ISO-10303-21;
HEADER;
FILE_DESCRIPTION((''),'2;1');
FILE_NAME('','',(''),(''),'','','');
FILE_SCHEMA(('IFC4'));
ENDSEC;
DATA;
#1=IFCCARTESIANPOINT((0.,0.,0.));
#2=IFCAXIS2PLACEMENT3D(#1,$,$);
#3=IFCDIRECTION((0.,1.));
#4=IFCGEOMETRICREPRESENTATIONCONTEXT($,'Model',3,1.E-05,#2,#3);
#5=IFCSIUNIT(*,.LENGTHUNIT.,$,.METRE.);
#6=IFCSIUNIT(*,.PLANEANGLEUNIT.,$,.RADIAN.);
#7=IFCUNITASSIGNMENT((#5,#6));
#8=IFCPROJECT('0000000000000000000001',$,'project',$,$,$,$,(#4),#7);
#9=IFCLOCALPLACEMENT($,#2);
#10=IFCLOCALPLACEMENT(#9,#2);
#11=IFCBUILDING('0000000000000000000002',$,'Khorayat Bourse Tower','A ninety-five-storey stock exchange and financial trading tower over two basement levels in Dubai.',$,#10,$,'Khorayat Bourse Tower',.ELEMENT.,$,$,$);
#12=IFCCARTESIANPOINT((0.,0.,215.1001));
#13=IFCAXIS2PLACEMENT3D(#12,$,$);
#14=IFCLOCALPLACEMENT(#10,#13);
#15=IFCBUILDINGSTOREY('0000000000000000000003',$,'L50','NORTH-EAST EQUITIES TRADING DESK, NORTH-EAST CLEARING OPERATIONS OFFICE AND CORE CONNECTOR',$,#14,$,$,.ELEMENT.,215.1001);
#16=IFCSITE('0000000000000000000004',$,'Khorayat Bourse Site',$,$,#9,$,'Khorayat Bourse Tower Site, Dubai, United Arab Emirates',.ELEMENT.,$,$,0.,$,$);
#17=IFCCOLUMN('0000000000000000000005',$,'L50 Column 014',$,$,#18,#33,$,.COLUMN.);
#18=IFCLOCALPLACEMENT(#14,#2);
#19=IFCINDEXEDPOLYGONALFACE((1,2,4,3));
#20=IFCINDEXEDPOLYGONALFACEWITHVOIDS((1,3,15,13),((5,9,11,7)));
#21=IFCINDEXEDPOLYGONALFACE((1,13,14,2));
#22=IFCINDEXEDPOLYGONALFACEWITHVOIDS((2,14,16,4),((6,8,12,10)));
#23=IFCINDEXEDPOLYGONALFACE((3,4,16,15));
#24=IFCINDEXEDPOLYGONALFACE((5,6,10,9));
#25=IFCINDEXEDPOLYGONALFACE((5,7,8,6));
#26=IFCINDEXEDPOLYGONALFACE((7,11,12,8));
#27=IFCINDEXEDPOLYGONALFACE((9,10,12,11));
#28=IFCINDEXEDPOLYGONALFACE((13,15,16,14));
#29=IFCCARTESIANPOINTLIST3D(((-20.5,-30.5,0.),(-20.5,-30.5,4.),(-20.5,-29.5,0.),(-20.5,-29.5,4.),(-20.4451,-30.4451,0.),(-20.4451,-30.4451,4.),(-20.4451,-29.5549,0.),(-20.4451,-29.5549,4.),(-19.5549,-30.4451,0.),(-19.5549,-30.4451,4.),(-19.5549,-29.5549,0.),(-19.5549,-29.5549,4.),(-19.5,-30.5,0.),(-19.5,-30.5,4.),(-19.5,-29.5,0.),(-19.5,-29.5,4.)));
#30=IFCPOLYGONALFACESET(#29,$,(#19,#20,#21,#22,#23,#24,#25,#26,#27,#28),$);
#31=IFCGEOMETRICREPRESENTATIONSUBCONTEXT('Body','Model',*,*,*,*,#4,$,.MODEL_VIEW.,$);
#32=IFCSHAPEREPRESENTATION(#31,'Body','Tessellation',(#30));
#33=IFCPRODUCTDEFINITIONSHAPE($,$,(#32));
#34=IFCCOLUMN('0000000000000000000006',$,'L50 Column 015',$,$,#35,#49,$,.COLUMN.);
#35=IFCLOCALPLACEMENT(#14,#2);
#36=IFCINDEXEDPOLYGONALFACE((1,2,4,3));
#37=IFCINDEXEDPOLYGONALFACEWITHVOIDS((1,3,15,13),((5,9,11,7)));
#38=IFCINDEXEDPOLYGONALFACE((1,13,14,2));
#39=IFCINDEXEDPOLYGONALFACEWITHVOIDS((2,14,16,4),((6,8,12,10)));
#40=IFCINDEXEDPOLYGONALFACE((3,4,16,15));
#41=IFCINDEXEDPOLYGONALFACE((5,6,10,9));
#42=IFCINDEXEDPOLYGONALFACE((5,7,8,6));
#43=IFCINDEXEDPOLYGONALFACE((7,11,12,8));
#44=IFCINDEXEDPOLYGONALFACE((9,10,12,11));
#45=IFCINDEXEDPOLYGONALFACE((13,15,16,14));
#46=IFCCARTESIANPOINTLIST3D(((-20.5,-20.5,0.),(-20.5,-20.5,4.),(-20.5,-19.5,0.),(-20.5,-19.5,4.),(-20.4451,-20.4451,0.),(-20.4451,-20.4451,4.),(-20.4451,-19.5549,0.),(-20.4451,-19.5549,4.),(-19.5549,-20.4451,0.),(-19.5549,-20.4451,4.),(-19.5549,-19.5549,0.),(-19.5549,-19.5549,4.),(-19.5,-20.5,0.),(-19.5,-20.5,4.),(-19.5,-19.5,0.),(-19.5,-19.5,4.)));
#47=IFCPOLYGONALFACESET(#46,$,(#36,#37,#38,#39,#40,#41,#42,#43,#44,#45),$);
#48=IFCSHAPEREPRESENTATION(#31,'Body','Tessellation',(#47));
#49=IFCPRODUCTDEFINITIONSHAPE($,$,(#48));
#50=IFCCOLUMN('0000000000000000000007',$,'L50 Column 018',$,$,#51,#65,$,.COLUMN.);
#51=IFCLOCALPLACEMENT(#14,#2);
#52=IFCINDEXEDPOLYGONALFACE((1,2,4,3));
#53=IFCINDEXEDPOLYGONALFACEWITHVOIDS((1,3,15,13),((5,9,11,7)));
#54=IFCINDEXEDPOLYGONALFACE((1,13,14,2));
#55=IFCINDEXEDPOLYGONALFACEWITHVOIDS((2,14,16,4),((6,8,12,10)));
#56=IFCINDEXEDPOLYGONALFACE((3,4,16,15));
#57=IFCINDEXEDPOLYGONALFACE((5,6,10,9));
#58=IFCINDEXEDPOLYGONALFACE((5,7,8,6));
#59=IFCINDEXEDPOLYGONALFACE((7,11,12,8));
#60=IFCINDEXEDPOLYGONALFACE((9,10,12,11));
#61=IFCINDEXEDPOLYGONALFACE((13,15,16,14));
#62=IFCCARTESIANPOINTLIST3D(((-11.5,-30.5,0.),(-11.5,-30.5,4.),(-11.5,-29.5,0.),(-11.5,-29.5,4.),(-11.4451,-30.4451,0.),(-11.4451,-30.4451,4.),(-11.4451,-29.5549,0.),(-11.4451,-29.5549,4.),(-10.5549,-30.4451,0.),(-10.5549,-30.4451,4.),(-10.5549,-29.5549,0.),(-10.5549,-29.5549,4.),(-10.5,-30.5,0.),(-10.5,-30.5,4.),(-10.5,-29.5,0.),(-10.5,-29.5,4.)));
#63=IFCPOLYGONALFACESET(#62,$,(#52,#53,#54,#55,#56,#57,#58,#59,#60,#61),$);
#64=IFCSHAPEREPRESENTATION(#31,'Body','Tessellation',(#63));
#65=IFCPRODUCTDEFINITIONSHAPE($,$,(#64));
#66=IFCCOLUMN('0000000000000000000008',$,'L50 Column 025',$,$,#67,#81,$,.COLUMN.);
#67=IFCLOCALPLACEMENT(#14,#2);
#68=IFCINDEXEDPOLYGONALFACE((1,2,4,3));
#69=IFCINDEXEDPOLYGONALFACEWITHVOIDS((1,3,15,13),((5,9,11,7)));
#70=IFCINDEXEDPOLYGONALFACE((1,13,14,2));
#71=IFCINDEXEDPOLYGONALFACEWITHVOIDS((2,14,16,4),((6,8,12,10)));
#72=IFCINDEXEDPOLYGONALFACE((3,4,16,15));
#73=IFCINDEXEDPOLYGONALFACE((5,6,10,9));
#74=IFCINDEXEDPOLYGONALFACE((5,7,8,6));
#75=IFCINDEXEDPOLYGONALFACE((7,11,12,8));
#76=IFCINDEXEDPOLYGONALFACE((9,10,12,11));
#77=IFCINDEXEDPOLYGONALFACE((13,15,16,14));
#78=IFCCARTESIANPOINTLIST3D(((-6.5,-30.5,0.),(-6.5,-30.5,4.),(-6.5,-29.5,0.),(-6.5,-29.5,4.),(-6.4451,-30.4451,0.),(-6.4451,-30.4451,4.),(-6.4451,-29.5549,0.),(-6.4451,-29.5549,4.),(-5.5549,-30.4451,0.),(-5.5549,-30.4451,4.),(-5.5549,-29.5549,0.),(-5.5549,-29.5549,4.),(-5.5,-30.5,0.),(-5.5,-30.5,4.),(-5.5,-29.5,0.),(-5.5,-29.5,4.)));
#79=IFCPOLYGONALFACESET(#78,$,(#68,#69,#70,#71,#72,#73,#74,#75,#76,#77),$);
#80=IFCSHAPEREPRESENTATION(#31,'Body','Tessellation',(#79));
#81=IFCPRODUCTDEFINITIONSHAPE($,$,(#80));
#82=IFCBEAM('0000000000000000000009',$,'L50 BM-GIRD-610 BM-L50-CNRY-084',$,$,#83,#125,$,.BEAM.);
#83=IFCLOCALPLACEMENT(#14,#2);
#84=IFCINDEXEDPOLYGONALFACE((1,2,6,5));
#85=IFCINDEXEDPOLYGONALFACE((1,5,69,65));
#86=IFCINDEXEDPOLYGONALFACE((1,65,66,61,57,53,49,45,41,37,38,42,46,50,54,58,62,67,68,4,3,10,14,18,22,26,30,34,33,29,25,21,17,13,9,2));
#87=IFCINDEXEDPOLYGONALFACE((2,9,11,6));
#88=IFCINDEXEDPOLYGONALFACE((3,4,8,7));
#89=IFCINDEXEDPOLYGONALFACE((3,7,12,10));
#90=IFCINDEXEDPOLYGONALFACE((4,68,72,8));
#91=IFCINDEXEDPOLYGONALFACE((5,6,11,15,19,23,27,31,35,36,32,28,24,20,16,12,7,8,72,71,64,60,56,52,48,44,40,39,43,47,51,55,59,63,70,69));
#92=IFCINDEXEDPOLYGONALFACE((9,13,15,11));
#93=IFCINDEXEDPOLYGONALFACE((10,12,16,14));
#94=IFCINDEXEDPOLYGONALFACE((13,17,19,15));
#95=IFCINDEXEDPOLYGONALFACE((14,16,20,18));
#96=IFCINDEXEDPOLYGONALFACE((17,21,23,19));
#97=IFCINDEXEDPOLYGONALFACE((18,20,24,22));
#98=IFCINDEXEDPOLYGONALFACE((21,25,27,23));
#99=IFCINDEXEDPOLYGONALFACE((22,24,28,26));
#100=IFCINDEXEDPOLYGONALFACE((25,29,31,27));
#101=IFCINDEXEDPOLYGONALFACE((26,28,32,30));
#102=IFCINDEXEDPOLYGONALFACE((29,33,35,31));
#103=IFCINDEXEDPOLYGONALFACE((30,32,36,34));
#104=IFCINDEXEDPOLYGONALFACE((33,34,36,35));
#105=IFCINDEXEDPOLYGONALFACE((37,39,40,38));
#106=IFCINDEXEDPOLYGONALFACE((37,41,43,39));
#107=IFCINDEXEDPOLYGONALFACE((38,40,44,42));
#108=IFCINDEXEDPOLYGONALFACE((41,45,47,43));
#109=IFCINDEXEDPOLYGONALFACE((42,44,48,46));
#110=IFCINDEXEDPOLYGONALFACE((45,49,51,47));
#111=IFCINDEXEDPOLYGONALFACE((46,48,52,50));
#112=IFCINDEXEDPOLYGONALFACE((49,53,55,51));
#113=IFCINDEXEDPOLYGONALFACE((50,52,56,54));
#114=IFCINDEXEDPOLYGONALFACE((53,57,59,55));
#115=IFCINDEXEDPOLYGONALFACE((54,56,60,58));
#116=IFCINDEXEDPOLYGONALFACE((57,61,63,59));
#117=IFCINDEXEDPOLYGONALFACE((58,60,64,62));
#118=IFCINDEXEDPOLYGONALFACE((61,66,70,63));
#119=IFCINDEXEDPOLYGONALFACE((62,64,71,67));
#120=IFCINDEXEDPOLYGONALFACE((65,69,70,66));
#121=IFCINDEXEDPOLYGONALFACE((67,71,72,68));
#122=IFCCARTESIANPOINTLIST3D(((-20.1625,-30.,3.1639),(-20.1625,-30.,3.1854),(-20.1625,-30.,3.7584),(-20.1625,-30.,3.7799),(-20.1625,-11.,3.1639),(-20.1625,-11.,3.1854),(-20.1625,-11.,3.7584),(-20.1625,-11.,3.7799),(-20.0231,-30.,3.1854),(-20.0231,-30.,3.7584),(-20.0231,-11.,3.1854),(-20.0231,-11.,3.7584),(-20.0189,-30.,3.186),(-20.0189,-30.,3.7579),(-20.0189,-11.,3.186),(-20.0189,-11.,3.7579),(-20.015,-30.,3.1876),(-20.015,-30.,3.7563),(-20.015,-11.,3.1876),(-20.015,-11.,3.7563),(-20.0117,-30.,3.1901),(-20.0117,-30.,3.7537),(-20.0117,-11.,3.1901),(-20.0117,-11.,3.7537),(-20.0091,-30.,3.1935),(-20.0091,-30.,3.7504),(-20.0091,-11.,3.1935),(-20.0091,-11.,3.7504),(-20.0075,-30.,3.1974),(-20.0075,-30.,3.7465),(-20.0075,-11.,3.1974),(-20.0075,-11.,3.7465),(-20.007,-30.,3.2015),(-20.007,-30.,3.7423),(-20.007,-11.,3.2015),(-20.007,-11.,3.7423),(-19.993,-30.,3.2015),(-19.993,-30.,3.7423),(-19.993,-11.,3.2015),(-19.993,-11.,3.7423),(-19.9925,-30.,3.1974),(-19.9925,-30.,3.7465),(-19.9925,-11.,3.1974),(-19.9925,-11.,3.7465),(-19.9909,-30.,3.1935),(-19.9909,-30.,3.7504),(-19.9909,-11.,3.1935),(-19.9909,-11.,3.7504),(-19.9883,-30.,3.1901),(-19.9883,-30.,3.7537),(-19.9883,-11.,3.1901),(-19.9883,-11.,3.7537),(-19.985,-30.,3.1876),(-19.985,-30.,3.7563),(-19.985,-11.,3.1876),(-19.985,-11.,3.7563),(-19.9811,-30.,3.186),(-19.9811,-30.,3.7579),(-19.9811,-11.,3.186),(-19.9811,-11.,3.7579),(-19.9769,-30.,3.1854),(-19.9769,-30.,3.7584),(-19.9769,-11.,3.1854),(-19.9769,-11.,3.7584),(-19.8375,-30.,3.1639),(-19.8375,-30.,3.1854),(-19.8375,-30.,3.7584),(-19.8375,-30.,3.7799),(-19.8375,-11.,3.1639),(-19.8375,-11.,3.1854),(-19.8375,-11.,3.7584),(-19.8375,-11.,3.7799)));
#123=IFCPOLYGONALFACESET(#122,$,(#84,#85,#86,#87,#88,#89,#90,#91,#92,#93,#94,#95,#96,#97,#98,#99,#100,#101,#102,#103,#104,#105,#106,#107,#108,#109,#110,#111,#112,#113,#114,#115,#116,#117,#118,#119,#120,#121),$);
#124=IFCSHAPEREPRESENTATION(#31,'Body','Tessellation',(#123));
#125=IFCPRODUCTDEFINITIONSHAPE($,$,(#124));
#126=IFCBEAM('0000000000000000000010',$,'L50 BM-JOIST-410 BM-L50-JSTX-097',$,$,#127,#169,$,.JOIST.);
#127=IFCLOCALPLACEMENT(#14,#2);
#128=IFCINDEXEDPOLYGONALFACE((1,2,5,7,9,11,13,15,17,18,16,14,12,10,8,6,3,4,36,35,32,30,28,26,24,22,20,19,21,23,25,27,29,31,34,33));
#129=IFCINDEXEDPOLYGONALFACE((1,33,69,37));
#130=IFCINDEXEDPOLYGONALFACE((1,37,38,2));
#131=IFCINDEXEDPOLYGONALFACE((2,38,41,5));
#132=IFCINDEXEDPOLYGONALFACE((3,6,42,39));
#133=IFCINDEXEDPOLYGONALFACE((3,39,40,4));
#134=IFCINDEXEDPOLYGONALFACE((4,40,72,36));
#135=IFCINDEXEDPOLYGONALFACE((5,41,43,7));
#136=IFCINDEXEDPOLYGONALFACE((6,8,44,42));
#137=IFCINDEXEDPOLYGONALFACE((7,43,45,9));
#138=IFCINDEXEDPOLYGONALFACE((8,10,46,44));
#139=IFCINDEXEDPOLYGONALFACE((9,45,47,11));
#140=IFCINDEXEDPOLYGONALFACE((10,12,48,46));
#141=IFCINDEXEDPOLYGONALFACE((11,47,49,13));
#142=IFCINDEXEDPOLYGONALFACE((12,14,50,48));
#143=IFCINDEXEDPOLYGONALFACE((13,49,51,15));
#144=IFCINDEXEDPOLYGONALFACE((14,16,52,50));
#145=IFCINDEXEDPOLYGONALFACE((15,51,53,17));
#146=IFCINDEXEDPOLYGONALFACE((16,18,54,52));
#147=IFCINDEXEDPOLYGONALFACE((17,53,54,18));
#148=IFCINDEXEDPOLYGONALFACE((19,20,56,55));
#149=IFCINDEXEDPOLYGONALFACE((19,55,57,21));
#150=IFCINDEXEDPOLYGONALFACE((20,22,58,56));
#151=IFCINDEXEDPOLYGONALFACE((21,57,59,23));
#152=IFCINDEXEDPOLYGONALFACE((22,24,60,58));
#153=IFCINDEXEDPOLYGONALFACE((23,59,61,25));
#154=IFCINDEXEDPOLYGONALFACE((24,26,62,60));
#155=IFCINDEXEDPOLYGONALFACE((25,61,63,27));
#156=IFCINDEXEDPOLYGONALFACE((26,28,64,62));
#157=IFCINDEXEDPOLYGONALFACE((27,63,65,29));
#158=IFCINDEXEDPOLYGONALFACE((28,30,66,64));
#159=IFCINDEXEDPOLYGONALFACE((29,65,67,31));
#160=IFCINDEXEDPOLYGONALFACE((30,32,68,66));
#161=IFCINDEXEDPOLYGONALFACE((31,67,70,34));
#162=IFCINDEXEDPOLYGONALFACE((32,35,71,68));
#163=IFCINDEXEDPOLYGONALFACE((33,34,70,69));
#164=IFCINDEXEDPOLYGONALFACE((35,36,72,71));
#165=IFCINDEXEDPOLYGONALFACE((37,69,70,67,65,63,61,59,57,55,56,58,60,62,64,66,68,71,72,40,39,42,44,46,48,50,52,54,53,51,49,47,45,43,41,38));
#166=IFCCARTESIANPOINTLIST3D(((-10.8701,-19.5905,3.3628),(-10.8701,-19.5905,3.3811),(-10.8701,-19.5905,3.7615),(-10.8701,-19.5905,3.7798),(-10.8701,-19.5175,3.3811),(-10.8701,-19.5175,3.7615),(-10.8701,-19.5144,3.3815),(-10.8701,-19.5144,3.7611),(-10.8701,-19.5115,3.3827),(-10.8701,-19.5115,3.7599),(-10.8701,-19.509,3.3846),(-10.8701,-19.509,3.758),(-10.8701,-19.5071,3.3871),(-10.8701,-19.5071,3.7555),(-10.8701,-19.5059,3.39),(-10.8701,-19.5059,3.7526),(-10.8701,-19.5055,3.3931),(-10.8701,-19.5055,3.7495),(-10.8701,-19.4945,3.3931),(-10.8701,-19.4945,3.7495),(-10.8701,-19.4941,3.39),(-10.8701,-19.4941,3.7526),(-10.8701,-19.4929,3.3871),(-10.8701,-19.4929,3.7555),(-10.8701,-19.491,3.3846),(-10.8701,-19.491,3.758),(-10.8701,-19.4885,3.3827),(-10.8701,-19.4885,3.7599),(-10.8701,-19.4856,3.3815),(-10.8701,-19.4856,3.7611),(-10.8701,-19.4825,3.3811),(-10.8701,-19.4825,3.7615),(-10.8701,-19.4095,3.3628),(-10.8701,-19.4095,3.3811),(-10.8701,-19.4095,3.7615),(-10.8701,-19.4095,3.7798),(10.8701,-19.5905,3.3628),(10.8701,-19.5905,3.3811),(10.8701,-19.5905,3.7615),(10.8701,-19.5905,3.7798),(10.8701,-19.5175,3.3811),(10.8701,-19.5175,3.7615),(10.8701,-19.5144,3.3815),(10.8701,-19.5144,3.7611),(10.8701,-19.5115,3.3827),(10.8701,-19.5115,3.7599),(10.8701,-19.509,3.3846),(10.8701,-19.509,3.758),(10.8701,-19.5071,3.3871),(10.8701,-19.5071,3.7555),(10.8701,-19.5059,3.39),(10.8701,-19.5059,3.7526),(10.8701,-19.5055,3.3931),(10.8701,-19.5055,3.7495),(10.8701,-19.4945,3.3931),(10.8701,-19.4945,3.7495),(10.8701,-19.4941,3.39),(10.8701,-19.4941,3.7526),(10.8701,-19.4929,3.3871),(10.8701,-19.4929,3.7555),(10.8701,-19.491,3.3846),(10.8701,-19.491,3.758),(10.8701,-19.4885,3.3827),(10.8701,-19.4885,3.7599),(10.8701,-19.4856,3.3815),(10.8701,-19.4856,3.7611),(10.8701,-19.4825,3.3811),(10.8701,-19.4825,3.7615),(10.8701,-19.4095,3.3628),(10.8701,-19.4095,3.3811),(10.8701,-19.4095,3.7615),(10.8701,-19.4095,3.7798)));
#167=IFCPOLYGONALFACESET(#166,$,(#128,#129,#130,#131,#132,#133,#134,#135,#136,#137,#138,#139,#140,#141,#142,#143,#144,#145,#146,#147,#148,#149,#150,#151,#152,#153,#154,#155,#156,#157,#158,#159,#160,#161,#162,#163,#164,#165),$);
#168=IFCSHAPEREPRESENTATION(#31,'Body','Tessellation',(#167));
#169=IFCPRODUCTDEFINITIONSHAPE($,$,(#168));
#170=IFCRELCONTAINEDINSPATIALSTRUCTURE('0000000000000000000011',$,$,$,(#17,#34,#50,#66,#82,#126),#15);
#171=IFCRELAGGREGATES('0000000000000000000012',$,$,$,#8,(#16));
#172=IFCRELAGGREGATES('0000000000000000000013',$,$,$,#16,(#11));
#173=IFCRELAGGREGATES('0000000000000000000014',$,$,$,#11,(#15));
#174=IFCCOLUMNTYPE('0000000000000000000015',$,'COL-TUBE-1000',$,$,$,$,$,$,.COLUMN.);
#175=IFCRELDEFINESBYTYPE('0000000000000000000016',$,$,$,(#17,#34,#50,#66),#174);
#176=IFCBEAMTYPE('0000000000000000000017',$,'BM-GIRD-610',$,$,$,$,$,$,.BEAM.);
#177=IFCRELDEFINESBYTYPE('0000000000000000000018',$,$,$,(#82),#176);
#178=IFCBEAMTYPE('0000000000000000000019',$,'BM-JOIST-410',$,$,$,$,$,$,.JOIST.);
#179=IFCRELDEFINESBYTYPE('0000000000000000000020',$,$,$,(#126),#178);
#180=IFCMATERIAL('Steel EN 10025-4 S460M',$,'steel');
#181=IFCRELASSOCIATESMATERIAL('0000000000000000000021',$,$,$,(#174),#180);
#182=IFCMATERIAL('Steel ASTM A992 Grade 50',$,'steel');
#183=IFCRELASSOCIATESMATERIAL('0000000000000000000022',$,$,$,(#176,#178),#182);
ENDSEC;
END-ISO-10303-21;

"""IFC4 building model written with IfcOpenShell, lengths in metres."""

from ifc_helpers import new_model, si_unit, direction, frame, origin, origin_2d, place, context, subcontext, project, spatial, hollow_rectangle, i_section, extrude, source, transform, mapped, material, material_profile, profile_set, type_object, element, save


model = new_model("IFC4")

# Units and contexts
model_context = context("Model", 3, precision=1e-05, world=origin(), true_north=direction((0.0, 1.0)))
body_context = subcontext(model_context, "Body", "Model", "MODEL_VIEW")
ifc_project = project(units=[si_unit("LENGTHUNIT", "METRE"), si_unit("PLANEANGLEUNIT", "RADIAN")], contexts=[model_context])

# Site, building, storey
site_placement = place(None, origin())
site = spatial("IfcSite", under=ifc_project, at=site_placement, Name="Khorayat Bourse Site", LongName="Khorayat Bourse Tower Site, Dubai, United Arab Emirates", CompositionType="ELEMENT", RefElevation=0.0)
building_placement = place(site_placement, origin())
building = spatial("IfcBuilding", under=site, at=building_placement, Name="Khorayat Bourse Tower", Description="A ninety-five-storey stock exchange and financial trading tower over two basement levels in Dubai.", LongName="Khorayat Bourse Tower", CompositionType="ELEMENT")
storey_placement = place(building_placement, frame((0.0, 0.0, 215.1001)))
storey = spatial("IfcBuildingStorey", under=building, at=storey_placement, Name="L50", Description="NORTH-EAST EQUITIES TRADING DESK, NORTH-EAST CLEARING OPERATIONS OFFICE AND CORE CONNECTOR", CompositionType="ELEMENT", Elevation=215.1001)

# Columns
ifc_material_1 = material(Name="Steel EN 10025-4 S460M", Category="steel")
ifc_material_profile_1 = material_profile(ifc_material_1, hollow_rectangle(XDim=1.0, YDim=1.0, WallThickness=0.0549, at=origin_2d()), Name="BOX 1000x1000x55")
ifc_profile_set_1 = profile_set([ifc_material_profile_1], Name="Steel EN 10025-4 S460M")
column_type = type_object("IfcColumnType", Name="COL-TUBE-1000", PredefinedType="COLUMN", material=ifc_profile_set_1)
shared_shape_1 = source(origin(), body_context, "Body", "SweptSolid", [
    extrude(hollow_rectangle(XDim=1.0, YDim=1.0, WallThickness=0.0549, at=origin_2d()), origin(), (0.0, 0.0, 1.0), 4.0),
])
for number, where, z_axis, x_axis, name in (
    (1, (-20.0, -30.0, 0.0), (0.0, 0.0, 1.0), (1.0, 0.0, 0.0), "L50 Column 014"),
    (2, (-20.0, -20.0, 0.0), (0.0, 0.0, 1.0), (1.0, 0.0, 0.0), "L50 Column 015"),
    (3, (-11.0, -30.0, 0.0), (0.0, 0.0, 1.0), (1.0, 0.0, 0.0), "L50 Column 018"),
    (4, (-6.0, -30.0, 0.0), (0.0, 0.0, 1.0), (1.0, 0.0, 0.0), "L50 Column 025"),
):
    element("IfcColumn", number, at=place(storey_placement, frame(where, z_axis=z_axis, x_axis=x_axis)), inside=storey, type_object=column_type, Name=name, PredefinedType="COLUMN", context=body_context, shape_type="MappedRepresentation", body=[
        mapped(shared_shape_1, transform((0.0, 0.0, 0.0), scale=1.0)),
    ])

# Beams
ifc_material_2 = material(Name="Steel ASTM A992 Grade 50", Category="steel")
ifc_material_profile_2 = material_profile(ifc_material_2, i_section(OverallWidth=0.325, OverallDepth=0.616, WebThickness=0.0139, FlangeThickness=0.0215, FilletRadius=0.0161, at=origin_2d()), Name="W610X174")
ifc_profile_set_2 = profile_set([ifc_material_profile_2], Name="Steel ASTM A992 Grade 50")
beam_type_1 = type_object("IfcBeamType", Name="BM-GIRD-610", PredefinedType="BEAM", material=ifc_profile_set_2)
shared_shape_2 = source(origin(), body_context, "Body", "SweptSolid", [
    extrude(i_section(OverallWidth=0.325, OverallDepth=0.616, WebThickness=0.0139, FlangeThickness=0.0215, FilletRadius=0.0161, at=origin_2d()), origin(), (0.0, 0.0, 1.0), 19.0),
])
beam_1_placement = place(storey_placement, frame((-20.0, -30.0, 3.4719), z_axis=(0.0, 1.0, 0.0), x_axis=(-1.0, 0.0, 0.0)))
element("IfcBeam", 5, at=beam_1_placement, inside=storey, type_object=beam_type_1, Name="L50 BM-GIRD-610 BM-L50-CNRY-084", PredefinedType="BEAM", context=body_context, shape_type="MappedRepresentation", body=[
    mapped(shared_shape_2, transform((0.0, 0.0, 0.0), scale=1.0)),
])
ifc_material_profile_3 = material_profile(ifc_material_2, i_section(OverallWidth=0.1809, OverallDepth=0.417, WebThickness=0.011, FlangeThickness=0.0183, FilletRadius=0.012, at=origin_2d()), Name="W410X85")
ifc_profile_set_3 = profile_set([ifc_material_profile_3], Name="Steel ASTM A992 Grade 50")
beam_type_2 = type_object("IfcBeamType", Name="BM-JOIST-410", PredefinedType="JOIST", material=ifc_profile_set_3)
shared_shape_3 = source(origin(), body_context, "Body", "SweptSolid", [
    extrude(i_section(OverallWidth=0.1809, OverallDepth=0.417, WebThickness=0.011, FlangeThickness=0.0183, FilletRadius=0.012, at=origin_2d()), origin(), (0.0, 0.0, 1.0), 21.7402),
])
beam_2_placement = place(storey_placement, frame((-10.8701, -19.5, 3.5713), z_axis=(1.0, 0.0, 0.0), x_axis=(0.0, 1.0, 0.0)))
element("IfcBeam", 6, at=beam_2_placement, inside=storey, type_object=beam_type_2, Name="L50 BM-JOIST-410 BM-L50-JSTX-097", PredefinedType="JOIST", context=body_context, shape_type="MappedRepresentation", body=[
    mapped(shared_shape_3, transform((0.0, 0.0, 0.0), scale=1.0)),
])

save(model, "model.ifc")
